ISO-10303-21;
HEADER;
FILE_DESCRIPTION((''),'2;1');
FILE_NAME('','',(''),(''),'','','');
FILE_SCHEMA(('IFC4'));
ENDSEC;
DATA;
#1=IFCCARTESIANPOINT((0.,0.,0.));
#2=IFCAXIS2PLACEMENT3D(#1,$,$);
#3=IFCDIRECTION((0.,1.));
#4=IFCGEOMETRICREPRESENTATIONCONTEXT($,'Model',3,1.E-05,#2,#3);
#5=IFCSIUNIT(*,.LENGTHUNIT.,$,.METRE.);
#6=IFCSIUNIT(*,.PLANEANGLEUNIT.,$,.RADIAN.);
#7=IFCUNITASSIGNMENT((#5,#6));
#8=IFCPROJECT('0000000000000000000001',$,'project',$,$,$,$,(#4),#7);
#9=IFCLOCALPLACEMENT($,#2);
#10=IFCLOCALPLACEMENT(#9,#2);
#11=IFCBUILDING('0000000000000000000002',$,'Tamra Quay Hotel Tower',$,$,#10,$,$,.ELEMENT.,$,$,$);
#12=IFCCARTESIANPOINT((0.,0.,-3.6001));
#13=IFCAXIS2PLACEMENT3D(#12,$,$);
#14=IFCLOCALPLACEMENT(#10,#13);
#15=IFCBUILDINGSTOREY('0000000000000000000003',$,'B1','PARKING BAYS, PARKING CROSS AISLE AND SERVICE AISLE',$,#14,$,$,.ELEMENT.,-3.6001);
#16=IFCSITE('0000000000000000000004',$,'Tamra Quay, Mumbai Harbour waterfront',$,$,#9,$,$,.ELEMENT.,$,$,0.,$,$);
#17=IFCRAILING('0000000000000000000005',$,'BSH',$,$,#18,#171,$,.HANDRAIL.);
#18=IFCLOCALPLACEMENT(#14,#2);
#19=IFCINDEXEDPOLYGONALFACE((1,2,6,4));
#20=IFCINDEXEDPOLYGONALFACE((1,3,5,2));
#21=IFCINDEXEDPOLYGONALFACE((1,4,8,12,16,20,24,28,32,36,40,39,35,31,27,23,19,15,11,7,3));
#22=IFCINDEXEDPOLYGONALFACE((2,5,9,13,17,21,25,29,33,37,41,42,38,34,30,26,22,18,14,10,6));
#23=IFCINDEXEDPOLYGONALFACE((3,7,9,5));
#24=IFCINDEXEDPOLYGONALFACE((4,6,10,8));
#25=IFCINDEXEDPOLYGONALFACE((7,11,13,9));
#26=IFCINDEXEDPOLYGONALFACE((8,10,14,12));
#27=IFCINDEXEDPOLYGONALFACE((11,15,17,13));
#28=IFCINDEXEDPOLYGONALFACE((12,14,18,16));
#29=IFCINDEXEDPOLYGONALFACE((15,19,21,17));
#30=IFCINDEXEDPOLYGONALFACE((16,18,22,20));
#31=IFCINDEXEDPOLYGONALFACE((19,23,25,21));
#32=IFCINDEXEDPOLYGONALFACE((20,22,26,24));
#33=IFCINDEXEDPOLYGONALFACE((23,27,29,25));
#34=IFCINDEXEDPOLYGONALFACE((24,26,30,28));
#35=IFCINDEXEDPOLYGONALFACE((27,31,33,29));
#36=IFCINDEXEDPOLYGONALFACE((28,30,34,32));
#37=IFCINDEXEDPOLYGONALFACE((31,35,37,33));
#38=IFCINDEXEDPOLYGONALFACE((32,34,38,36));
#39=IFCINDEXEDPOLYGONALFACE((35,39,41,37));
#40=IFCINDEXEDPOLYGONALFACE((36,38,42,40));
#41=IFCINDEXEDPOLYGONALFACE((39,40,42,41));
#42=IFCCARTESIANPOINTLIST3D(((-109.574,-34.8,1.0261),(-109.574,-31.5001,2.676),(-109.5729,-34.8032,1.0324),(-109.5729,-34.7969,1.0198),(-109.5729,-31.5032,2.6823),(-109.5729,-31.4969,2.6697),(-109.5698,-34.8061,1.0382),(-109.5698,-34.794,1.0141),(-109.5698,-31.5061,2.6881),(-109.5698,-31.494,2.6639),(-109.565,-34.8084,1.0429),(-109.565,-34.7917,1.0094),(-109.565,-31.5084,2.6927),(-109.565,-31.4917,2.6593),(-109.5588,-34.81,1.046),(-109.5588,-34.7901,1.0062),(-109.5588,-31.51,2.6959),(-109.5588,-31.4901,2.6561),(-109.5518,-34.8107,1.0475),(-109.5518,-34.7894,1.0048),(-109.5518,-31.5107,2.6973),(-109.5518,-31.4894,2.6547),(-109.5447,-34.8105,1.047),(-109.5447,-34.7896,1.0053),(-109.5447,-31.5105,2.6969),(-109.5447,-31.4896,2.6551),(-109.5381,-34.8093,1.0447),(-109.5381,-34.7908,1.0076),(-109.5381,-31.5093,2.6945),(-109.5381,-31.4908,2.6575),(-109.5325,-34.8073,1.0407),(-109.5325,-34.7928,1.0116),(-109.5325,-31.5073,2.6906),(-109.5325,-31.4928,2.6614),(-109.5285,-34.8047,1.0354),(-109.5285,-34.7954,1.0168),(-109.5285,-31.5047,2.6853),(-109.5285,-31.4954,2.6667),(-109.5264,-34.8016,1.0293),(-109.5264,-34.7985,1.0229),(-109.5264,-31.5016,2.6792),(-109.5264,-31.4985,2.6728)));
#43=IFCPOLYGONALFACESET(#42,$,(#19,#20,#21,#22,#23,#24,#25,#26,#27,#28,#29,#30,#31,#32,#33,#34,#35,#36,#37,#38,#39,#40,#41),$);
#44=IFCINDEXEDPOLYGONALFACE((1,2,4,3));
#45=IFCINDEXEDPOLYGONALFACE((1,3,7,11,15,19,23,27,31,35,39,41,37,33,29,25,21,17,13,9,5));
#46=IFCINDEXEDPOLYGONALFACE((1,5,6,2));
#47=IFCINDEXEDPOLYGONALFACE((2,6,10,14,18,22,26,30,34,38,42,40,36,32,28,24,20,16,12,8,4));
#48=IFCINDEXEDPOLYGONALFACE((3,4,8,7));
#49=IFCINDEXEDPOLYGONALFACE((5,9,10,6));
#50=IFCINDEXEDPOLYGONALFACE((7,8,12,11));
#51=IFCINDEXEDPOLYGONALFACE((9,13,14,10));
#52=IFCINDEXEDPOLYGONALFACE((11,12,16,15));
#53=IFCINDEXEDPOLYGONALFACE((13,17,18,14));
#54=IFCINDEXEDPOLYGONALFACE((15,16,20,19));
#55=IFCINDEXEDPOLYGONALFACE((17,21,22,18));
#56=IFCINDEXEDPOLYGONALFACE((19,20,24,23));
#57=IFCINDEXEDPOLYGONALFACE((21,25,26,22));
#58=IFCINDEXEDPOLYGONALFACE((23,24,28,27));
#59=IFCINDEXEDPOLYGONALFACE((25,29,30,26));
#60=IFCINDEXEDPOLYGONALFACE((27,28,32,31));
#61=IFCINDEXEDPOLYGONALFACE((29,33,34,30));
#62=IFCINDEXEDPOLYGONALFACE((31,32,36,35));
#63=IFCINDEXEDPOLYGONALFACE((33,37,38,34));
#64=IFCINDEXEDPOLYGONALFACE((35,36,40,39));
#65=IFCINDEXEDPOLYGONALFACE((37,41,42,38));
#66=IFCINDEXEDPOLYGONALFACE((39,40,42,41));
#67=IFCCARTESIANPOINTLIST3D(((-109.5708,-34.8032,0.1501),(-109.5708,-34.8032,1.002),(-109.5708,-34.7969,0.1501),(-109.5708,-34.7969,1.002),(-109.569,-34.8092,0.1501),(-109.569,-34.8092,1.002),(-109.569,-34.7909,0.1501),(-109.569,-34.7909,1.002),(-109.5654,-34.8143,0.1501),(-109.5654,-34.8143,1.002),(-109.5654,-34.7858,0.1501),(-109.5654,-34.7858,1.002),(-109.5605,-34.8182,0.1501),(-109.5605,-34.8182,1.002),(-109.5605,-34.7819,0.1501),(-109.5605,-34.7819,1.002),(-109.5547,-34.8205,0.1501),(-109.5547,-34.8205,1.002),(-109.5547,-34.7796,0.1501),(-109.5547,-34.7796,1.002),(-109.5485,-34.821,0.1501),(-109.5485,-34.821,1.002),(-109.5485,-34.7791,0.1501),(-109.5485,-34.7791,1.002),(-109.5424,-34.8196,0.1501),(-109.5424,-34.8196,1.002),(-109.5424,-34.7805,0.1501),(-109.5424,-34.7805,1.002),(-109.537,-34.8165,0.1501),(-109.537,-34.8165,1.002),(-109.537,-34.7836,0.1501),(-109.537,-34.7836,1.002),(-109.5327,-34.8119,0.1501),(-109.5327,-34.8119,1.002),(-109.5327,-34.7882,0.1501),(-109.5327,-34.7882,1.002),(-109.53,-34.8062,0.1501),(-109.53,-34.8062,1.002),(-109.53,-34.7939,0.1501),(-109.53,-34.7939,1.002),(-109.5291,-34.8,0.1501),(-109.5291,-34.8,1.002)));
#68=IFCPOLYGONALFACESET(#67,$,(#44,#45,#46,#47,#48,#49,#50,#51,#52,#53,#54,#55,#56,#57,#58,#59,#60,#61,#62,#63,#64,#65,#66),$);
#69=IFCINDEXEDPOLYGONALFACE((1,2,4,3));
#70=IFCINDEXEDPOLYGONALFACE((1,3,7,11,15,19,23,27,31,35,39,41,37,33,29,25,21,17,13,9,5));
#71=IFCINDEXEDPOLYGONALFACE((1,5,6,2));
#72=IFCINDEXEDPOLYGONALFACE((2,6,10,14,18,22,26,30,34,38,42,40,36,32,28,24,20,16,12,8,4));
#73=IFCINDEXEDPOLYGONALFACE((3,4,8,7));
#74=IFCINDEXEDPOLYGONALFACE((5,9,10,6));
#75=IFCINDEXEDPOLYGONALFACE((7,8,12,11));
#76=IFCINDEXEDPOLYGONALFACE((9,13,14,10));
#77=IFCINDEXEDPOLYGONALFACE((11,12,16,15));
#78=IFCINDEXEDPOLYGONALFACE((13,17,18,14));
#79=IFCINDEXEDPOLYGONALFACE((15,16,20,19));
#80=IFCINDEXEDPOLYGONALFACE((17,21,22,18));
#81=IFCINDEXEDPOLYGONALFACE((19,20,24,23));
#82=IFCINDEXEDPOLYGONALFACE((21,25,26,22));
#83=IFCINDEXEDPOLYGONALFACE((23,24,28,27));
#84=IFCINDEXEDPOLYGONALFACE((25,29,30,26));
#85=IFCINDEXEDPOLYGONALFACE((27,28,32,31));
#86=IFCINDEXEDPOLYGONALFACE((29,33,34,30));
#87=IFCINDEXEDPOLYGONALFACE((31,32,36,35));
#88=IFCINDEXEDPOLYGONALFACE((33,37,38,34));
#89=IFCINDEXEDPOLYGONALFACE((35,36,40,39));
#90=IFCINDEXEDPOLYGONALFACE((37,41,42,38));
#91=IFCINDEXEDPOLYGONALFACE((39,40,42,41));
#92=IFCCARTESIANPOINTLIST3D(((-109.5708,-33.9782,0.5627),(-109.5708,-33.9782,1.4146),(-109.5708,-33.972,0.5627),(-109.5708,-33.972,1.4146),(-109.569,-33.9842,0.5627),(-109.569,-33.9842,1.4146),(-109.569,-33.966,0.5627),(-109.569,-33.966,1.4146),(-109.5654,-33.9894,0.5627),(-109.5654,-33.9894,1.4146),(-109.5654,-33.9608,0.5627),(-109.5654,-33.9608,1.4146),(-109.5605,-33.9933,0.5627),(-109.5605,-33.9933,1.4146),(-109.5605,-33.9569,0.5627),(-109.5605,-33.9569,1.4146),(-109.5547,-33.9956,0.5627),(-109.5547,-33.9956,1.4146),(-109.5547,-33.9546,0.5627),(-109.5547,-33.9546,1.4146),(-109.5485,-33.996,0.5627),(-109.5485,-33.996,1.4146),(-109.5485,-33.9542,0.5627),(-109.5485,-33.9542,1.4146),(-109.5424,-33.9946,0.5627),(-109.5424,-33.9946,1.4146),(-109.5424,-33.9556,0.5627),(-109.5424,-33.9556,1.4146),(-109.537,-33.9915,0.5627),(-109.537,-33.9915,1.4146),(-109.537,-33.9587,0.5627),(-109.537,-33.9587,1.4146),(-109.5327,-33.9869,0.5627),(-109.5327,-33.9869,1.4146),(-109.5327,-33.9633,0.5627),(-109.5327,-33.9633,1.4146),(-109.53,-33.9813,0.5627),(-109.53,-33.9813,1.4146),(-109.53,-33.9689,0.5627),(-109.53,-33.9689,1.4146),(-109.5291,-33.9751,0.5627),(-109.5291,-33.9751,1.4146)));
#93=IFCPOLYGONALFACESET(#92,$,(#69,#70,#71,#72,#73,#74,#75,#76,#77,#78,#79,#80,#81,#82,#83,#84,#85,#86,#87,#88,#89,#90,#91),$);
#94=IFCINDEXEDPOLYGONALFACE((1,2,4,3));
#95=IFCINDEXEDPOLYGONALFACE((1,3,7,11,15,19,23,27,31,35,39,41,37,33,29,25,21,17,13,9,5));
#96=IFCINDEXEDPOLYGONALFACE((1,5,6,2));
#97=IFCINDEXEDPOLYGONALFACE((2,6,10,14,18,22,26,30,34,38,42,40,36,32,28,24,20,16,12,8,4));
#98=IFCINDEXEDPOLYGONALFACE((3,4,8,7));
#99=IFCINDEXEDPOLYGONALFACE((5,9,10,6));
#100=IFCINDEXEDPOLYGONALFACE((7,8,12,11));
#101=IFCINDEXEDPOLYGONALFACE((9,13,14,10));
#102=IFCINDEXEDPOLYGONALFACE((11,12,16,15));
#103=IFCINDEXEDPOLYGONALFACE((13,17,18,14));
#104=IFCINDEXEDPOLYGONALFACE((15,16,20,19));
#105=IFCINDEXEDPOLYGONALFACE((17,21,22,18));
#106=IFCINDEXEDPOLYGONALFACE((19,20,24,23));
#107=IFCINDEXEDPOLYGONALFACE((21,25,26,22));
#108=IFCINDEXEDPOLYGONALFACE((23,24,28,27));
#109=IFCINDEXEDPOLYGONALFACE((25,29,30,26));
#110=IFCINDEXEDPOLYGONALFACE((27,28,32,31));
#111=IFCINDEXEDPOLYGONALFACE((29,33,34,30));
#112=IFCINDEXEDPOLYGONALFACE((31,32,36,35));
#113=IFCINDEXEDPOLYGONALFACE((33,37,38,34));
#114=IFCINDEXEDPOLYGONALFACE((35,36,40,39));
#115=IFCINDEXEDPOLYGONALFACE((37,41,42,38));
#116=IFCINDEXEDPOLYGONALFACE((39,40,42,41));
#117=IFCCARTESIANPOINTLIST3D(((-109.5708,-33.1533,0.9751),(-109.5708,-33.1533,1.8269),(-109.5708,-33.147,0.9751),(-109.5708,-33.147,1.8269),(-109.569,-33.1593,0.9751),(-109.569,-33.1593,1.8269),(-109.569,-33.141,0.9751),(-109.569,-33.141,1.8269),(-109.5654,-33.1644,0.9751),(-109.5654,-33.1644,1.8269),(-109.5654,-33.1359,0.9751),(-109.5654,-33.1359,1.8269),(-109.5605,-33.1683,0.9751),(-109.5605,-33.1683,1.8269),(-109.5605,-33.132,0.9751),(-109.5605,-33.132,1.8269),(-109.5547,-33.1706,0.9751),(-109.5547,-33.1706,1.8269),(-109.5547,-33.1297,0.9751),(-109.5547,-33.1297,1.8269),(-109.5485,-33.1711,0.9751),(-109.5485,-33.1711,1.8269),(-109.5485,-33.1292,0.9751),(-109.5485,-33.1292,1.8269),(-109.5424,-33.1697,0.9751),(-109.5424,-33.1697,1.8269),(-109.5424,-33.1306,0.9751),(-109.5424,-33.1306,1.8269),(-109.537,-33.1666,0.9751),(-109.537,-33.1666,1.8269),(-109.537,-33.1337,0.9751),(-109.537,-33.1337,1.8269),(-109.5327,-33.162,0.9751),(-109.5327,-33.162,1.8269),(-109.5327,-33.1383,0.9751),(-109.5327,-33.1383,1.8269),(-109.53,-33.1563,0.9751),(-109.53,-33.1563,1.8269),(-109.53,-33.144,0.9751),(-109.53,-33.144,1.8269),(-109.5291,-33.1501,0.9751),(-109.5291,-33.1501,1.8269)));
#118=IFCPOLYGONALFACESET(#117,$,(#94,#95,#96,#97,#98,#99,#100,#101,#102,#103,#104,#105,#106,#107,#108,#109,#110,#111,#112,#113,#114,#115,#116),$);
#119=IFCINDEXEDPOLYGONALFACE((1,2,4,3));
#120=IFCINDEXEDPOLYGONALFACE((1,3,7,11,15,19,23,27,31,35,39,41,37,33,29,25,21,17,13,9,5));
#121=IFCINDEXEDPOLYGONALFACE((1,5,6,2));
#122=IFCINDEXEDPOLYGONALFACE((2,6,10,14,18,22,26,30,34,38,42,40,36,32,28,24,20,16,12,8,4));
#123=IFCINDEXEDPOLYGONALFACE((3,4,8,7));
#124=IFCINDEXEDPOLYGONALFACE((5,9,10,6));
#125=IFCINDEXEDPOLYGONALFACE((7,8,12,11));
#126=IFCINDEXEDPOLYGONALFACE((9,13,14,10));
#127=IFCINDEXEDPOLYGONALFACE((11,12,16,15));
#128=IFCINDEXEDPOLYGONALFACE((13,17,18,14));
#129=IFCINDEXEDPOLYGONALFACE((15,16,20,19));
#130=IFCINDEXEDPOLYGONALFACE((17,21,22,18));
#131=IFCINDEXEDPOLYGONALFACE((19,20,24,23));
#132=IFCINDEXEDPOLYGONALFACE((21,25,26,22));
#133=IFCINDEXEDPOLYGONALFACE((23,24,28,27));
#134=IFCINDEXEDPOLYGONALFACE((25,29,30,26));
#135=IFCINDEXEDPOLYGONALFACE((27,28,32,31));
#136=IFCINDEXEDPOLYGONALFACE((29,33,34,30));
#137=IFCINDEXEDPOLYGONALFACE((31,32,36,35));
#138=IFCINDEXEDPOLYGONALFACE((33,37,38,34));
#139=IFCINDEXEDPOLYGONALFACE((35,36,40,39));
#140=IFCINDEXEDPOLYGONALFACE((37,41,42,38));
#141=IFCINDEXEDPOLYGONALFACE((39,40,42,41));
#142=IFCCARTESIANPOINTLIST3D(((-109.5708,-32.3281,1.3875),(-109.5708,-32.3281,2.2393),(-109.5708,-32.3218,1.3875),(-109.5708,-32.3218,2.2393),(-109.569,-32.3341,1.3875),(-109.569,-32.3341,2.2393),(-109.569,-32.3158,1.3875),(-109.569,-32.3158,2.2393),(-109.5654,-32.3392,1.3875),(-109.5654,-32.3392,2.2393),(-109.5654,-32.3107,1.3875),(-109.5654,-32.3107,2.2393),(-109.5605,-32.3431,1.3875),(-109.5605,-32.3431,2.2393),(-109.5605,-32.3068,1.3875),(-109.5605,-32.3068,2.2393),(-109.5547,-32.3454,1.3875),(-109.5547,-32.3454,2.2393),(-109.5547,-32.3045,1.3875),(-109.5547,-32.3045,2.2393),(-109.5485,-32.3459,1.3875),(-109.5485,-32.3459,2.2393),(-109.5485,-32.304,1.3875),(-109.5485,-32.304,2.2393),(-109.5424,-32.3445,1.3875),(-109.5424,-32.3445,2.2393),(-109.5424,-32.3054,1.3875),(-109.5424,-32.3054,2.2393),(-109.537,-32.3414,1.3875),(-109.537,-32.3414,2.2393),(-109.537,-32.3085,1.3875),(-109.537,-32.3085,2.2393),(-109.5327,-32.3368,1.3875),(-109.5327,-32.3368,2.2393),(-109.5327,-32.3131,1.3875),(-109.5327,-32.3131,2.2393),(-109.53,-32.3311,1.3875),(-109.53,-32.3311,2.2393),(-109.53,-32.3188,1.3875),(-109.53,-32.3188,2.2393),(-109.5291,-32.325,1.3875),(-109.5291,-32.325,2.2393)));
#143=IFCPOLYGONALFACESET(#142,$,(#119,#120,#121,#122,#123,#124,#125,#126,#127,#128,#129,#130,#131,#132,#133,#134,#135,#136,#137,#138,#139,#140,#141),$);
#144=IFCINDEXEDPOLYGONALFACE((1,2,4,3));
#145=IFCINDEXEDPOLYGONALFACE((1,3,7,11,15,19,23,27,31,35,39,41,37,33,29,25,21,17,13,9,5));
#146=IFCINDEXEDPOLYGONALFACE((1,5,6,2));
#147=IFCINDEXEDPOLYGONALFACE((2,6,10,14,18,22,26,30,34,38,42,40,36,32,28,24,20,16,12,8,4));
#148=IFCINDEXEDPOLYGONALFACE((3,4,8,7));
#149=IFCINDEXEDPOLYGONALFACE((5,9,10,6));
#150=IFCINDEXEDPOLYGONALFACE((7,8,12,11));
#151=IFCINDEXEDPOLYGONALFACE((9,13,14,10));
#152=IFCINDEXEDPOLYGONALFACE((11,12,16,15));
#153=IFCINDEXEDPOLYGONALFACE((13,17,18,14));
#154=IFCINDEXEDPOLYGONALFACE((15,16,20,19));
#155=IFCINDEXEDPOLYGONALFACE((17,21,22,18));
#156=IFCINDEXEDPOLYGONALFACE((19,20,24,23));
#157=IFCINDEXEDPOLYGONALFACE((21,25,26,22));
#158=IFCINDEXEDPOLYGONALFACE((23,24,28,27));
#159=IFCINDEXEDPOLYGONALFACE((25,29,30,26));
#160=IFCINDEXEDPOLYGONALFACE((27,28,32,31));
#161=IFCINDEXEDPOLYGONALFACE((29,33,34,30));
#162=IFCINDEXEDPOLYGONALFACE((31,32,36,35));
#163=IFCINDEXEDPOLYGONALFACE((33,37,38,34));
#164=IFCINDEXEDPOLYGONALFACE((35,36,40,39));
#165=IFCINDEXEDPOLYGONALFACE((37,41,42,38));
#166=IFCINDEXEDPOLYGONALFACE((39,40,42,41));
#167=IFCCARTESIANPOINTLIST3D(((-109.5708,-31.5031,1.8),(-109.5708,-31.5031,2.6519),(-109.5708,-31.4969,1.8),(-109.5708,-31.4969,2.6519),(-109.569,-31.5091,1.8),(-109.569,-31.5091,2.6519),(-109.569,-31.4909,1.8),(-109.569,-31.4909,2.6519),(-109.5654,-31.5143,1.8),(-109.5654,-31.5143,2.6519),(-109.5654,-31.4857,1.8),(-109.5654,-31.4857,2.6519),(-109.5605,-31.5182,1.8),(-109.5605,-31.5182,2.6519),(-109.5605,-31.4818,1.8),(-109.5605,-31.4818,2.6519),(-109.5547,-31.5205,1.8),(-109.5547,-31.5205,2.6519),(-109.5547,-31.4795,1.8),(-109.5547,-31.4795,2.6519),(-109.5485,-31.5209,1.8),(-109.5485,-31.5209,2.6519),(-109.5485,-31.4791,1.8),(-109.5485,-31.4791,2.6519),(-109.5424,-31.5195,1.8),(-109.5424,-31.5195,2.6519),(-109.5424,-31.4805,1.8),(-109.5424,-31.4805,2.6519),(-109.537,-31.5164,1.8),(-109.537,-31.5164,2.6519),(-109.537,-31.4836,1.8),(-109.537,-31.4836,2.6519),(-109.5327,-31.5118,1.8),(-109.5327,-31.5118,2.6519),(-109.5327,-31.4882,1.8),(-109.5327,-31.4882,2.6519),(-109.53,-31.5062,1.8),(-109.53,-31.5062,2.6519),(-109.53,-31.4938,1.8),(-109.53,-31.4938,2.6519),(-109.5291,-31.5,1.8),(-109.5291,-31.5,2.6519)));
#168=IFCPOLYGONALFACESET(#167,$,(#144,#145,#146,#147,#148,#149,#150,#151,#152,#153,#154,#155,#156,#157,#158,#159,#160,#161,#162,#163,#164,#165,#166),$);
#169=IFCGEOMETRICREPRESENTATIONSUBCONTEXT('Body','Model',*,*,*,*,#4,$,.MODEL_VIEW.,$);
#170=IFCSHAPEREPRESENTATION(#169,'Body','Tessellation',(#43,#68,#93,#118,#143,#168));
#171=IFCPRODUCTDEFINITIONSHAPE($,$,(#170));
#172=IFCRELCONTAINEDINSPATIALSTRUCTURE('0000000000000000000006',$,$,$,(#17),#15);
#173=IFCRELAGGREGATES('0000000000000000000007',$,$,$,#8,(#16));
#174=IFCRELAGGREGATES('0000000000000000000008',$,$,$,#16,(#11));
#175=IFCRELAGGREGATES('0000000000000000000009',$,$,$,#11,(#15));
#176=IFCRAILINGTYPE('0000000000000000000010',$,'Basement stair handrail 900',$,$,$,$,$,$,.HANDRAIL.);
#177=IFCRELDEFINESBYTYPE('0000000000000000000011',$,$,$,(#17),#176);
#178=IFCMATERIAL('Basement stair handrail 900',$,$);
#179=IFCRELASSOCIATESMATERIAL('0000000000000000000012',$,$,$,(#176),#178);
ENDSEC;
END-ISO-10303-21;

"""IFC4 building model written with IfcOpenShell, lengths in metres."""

from ifc_helpers import new_model, si_unit, direction, frame, origin, origin_2d, place, context, subcontext, project, spatial, circle, extrude, material, type_object, element, save


model = new_model("IFC4")

# Units and contexts
model_context = context("Model", 3, precision=1e-05, world=origin(), true_north=direction((0.0, 1.0)))
body_context = subcontext(model_context, "Body", "Model", "MODEL_VIEW")
ifc_project = project(units=[si_unit("LENGTHUNIT", "METRE"), si_unit("PLANEANGLEUNIT", "RADIAN")], contexts=[model_context])

# Site, building, storey
site_placement = place(None, origin())
site = spatial("IfcSite", under=ifc_project, at=site_placement, Name="Tamra Quay, Mumbai Harbour waterfront", CompositionType="ELEMENT", RefElevation=0.0)
building_placement = place(site_placement, origin())
building = spatial("IfcBuilding", under=site, at=building_placement, Name="Tamra Quay Hotel Tower", CompositionType="ELEMENT")
storey_placement = place(building_placement, frame((0.0, 0.0, -3.6001)))
storey = spatial("IfcBuildingStorey", under=building, at=storey_placement, Name="B1", Description="PARKING BAYS, PARKING CROSS AISLE AND SERVICE AISLE", CompositionType="ELEMENT", Elevation=-3.6001)

# Railing
ifc_material_1 = material(Name="Basement stair handrail 900")
railing_type_1 = type_object("IfcRailingType", Name="Basement stair handrail 900", PredefinedType="HANDRAIL", material=ifc_material_1)
railing_1_placement = place(storey_placement, frame((-109.55, -34.8, 0.1501)))
element("IfcRailing", 1, at=railing_1_placement, inside=storey, type_object=railing_type_1, Name="BSH", PredefinedType="HANDRAIL", context=body_context, shape_type="SweptSolid", body=[
    extrude(circle(Radius=0.0239, at=origin_2d()), frame((0.0, 0.0, 0.876), z_axis=(0.0, 0.89444, 0.447187), x_axis=(-1.0, 0.0, 0.0)), (0.0, 0.0, 1.0), 3.6895),
    extrude(circle(Radius=0.021, at=origin_2d()), origin(), (0.0, 0.0, 1.0), 0.8518),
    extrude(circle(Radius=0.021, at=origin_2d()), frame((0.0, 0.825, 0.4126)), (0.0, 0.0, 1.0), 0.8518),
    extrude(circle(Radius=0.021, at=origin_2d()), frame((0.0, 1.6499, 0.825)), (0.0, 0.0, 1.0), 0.8518),
    extrude(circle(Radius=0.021, at=origin_2d()), frame((0.0, 2.4751, 1.2373)), (0.0, 0.0, 1.0), 0.8518),
    extrude(circle(Radius=0.021, at=origin_2d()), frame((0.0, 3.3, 1.6499)), (0.0, 0.0, 1.0), 0.8518),
])

save(model, "model.ifc")
